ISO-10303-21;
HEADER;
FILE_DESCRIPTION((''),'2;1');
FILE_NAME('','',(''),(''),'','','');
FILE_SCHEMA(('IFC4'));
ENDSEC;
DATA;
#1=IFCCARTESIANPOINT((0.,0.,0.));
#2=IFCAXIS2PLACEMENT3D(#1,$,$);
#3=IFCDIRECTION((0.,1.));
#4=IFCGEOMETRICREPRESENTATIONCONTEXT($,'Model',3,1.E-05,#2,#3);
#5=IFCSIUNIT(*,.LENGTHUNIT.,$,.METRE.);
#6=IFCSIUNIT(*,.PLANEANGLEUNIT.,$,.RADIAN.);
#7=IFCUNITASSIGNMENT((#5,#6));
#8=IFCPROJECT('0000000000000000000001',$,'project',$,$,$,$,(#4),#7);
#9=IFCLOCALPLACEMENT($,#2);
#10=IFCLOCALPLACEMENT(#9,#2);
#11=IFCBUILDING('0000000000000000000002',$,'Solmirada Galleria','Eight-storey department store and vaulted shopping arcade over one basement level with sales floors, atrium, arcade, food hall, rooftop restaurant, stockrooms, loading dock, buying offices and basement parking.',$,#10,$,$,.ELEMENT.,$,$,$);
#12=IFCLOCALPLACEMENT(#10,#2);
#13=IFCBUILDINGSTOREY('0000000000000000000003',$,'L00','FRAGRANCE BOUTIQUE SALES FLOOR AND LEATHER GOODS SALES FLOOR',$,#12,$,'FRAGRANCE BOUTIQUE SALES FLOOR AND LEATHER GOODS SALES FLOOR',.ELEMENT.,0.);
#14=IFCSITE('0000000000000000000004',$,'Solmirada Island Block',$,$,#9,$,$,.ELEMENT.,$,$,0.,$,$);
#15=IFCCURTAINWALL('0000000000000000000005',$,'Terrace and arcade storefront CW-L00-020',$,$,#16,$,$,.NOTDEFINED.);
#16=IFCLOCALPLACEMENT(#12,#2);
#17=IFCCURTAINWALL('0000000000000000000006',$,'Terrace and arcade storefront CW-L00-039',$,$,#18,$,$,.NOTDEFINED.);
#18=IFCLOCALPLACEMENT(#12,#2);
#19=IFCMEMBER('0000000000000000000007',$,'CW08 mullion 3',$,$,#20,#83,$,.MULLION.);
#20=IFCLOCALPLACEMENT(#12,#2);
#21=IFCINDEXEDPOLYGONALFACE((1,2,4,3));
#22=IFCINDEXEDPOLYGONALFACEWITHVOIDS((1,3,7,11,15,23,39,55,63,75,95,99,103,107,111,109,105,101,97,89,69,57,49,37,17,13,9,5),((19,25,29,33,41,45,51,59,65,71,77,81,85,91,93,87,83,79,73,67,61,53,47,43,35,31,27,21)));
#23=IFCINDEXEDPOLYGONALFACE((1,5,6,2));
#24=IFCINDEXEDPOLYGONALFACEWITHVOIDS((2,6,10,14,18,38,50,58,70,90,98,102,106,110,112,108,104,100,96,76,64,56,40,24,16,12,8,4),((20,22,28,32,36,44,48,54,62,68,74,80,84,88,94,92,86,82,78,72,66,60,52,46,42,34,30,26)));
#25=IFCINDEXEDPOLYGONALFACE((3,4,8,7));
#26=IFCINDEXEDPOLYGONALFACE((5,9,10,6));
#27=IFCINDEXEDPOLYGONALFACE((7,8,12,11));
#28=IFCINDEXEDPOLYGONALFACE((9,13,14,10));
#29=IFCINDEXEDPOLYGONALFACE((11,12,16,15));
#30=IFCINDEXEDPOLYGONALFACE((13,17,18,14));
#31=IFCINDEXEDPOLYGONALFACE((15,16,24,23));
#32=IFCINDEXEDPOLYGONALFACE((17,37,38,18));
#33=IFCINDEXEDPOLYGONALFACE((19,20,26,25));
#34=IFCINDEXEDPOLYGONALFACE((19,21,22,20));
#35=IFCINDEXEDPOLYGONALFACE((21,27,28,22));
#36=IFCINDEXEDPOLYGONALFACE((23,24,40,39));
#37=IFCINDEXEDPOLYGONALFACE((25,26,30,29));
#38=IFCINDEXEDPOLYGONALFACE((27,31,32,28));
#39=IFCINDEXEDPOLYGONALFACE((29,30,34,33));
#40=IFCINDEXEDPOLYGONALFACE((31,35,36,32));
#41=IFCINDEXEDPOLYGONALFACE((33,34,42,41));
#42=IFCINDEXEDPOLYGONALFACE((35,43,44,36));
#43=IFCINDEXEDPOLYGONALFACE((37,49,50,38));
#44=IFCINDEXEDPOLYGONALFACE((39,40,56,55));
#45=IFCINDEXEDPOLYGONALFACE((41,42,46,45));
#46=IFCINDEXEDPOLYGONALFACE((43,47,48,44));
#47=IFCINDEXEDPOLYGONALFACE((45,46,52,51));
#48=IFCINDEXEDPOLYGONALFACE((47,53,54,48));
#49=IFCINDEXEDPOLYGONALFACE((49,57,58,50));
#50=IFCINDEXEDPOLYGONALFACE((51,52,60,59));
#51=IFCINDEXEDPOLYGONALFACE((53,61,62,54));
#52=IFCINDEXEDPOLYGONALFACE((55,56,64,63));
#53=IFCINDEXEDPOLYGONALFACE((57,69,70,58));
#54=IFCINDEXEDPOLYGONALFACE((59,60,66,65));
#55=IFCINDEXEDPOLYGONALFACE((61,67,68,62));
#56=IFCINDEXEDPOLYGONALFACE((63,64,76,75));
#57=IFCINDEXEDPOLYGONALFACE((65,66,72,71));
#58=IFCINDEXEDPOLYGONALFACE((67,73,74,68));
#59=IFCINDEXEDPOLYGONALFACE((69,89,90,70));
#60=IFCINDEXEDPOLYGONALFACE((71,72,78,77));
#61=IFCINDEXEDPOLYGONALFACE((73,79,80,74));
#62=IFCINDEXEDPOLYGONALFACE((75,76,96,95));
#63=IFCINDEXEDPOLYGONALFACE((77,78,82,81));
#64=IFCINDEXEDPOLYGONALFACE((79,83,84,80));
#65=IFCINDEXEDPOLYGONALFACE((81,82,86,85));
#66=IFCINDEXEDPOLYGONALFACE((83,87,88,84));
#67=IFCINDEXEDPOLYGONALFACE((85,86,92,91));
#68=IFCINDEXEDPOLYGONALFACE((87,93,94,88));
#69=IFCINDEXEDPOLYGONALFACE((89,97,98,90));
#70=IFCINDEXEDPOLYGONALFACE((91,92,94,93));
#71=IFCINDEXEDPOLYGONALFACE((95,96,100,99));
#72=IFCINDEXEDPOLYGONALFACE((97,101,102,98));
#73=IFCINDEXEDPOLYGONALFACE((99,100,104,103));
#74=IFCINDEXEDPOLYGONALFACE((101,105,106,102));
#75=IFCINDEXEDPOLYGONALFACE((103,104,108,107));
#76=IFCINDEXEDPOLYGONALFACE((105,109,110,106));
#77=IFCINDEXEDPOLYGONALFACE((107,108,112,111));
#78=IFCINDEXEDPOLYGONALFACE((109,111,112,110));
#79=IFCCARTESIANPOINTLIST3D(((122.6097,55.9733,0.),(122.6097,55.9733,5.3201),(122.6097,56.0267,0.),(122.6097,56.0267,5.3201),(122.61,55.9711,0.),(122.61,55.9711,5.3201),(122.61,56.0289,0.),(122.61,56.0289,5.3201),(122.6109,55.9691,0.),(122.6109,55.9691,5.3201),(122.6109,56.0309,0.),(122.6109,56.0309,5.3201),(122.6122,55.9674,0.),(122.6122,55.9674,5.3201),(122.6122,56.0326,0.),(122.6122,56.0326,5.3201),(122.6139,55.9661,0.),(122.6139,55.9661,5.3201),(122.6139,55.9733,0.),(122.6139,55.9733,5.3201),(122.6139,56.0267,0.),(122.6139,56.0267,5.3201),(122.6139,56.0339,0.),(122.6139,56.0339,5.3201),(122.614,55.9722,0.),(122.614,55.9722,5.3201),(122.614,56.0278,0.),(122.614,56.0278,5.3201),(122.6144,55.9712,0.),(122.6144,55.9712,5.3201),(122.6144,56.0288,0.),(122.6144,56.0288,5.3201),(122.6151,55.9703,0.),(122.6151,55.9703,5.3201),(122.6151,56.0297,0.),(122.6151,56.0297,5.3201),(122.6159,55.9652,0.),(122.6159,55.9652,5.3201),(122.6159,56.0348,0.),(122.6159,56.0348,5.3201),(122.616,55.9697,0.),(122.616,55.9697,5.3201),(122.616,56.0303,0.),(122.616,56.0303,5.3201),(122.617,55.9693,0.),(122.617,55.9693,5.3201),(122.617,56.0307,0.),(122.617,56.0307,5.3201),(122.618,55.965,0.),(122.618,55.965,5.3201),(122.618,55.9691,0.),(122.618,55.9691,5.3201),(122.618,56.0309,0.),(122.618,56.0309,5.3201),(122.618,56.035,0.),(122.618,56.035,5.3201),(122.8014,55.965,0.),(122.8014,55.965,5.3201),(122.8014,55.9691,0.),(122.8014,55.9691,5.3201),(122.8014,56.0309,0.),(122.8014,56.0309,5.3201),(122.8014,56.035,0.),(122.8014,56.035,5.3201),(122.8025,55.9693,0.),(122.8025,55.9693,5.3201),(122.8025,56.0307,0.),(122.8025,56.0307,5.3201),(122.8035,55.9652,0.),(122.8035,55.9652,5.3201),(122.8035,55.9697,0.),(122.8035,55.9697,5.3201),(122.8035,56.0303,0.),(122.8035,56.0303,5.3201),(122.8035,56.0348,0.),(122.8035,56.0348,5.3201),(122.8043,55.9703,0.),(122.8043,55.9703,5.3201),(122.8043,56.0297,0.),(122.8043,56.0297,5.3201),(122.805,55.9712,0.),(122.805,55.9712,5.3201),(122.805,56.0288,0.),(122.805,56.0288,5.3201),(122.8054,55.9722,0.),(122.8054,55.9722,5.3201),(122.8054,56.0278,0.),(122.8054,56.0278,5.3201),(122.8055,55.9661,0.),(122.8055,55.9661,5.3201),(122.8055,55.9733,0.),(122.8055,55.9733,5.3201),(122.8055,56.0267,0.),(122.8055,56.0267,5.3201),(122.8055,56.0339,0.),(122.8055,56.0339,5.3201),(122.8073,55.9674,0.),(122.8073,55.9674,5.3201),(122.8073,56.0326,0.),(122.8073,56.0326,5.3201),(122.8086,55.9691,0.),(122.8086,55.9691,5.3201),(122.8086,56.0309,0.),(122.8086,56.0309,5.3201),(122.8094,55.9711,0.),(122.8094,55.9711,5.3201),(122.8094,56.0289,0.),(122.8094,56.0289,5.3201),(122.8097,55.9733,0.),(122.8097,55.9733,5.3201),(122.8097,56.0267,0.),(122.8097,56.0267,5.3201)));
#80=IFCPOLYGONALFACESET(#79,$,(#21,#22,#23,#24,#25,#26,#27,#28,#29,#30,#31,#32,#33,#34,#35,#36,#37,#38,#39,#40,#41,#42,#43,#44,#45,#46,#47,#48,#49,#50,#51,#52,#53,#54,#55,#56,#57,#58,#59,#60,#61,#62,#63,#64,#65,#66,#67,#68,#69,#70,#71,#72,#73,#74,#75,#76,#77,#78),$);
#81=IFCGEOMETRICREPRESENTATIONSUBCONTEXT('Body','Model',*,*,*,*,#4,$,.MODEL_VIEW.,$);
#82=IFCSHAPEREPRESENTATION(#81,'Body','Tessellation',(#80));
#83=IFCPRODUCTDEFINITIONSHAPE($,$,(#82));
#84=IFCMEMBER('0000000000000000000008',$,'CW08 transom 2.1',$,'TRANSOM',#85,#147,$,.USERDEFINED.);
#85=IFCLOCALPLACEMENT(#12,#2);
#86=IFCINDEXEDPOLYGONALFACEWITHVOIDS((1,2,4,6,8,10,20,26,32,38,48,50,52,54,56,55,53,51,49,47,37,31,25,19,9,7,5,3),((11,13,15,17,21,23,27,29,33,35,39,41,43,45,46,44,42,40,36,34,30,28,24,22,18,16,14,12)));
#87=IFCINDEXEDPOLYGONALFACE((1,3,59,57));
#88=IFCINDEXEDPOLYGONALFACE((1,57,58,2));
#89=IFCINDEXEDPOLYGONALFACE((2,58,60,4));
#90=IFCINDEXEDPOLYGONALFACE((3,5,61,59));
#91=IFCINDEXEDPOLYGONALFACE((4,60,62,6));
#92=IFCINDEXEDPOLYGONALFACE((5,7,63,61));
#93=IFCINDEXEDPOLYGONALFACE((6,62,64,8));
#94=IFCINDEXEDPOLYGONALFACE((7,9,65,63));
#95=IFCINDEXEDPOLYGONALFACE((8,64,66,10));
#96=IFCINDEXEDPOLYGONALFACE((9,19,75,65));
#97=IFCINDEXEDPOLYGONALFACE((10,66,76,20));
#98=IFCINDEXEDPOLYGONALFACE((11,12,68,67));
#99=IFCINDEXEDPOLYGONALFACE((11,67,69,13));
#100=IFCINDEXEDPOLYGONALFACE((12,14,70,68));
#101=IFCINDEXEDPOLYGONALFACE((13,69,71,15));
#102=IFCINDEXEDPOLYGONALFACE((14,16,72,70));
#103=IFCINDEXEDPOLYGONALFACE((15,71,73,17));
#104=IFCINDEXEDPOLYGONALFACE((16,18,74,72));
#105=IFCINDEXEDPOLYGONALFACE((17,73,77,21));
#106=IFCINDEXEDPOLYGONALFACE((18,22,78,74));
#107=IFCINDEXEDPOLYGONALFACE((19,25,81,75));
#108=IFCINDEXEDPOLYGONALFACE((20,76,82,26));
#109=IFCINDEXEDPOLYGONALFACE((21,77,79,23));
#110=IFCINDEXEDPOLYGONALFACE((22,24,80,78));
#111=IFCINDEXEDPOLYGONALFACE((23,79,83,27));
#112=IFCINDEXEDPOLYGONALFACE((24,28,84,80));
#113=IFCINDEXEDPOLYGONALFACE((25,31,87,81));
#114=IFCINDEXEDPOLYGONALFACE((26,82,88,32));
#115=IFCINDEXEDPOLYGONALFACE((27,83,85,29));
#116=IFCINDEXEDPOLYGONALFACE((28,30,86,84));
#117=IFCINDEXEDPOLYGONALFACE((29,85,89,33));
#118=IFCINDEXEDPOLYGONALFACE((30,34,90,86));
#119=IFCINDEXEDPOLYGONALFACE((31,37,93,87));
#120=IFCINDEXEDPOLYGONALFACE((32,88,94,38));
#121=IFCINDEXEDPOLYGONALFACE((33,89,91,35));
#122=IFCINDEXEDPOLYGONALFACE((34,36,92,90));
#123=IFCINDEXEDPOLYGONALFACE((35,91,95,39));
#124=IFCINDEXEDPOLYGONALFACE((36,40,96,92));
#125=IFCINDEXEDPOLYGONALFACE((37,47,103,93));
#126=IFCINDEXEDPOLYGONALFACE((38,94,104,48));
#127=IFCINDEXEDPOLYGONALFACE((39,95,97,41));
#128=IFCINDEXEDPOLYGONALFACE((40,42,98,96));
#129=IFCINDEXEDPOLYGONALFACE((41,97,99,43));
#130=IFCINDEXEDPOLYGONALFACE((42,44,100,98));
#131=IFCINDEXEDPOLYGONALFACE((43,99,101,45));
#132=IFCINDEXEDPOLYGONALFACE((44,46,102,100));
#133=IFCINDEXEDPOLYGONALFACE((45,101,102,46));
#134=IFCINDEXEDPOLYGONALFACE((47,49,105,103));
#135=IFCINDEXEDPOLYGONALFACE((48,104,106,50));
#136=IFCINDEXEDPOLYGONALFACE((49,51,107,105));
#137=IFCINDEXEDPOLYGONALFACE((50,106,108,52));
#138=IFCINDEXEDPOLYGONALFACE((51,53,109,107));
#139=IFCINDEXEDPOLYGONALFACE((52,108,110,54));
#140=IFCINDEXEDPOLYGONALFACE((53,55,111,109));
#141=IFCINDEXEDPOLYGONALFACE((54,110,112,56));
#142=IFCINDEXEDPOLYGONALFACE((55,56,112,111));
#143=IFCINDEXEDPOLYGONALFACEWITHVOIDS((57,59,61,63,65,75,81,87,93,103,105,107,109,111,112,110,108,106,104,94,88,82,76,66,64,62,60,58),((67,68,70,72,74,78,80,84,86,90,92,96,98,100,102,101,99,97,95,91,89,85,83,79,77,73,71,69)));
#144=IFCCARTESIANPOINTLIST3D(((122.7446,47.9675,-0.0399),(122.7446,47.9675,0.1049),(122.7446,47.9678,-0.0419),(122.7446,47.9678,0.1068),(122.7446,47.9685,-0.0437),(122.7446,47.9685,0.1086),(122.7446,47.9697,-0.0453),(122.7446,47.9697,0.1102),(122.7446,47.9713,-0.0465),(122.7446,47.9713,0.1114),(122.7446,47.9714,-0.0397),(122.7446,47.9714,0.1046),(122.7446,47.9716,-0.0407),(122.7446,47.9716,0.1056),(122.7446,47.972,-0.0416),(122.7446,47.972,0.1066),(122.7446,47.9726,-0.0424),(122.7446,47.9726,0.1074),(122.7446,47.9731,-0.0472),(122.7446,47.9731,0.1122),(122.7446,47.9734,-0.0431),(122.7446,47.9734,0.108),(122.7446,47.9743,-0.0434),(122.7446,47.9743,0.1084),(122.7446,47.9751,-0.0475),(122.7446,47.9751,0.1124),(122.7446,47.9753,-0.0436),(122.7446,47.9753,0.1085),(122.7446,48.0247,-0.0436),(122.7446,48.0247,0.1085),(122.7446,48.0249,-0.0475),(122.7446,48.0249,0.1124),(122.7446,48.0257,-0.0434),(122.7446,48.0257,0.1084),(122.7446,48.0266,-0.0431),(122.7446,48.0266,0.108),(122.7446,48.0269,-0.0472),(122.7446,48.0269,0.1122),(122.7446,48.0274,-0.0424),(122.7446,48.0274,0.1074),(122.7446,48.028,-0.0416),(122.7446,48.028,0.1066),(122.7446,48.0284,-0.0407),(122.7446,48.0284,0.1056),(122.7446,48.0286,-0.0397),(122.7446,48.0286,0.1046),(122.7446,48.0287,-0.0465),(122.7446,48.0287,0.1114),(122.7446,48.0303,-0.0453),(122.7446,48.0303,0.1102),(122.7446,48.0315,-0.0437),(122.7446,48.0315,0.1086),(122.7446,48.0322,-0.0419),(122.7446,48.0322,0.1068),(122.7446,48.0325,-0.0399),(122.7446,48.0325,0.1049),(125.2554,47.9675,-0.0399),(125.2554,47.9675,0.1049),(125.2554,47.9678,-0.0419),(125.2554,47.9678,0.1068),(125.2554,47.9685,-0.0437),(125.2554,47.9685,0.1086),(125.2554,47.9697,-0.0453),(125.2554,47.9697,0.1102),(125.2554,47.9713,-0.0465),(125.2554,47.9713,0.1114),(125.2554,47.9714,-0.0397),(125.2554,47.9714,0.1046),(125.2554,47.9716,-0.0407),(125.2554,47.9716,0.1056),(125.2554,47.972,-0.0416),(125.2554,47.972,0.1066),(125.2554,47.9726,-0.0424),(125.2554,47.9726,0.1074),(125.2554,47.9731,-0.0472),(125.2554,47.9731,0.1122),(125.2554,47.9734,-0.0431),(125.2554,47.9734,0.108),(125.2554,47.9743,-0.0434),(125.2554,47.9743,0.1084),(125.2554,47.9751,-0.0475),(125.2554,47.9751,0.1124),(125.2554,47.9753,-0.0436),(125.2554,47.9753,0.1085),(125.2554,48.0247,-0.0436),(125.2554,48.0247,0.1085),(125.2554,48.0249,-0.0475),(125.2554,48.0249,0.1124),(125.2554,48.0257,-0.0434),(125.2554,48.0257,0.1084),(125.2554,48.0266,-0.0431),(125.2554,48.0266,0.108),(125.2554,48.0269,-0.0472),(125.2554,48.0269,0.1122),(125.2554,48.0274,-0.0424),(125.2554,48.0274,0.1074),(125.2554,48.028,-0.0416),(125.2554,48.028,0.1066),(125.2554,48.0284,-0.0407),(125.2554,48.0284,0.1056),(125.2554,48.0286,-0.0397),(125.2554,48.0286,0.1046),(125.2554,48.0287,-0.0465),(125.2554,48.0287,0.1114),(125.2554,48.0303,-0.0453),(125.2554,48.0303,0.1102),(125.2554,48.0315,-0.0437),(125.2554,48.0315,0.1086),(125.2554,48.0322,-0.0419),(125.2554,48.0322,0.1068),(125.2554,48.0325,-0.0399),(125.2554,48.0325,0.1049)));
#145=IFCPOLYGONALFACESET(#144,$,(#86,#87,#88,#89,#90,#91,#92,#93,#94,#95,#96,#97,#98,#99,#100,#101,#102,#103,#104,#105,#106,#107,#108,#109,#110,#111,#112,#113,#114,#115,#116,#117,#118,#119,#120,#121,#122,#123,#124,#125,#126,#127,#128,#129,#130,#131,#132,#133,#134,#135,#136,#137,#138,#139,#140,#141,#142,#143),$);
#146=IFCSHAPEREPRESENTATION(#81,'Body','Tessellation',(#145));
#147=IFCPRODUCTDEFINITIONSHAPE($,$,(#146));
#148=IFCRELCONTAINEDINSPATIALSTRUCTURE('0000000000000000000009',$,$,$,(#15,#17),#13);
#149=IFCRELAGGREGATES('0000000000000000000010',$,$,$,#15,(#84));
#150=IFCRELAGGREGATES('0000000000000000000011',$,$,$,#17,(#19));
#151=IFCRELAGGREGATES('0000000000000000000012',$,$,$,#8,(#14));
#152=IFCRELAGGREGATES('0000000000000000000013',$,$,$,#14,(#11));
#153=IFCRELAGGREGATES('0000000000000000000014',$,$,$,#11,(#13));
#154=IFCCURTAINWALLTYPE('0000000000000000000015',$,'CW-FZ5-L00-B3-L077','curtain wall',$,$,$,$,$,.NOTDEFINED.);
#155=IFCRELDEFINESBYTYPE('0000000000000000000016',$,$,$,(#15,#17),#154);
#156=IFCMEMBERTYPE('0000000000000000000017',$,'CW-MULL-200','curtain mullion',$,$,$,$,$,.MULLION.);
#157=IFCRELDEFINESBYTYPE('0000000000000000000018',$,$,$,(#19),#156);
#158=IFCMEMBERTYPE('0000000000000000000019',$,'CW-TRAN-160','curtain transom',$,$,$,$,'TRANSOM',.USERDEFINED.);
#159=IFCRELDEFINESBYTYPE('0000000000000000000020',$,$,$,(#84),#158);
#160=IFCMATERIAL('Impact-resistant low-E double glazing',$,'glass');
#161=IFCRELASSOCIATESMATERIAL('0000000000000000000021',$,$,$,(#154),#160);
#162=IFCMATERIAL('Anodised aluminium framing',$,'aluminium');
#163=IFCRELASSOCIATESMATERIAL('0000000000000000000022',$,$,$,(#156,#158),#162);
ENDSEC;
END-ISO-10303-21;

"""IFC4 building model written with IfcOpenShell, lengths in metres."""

from ifc_helpers import new_model, si_unit, direction, frame, origin, origin_2d, place, context, subcontext, project, spatial, hollow_rectangle, extrude, material, material_profile, profile_set, type_object, element, aggregate, save


model = new_model("IFC4")

# Units and contexts
model_context = context("Model", 3, precision=1e-05, world=origin(), true_north=direction((0.0, 1.0)))
body_context = subcontext(model_context, "Body", "Model", "MODEL_VIEW")
ifc_project = project(units=[si_unit("LENGTHUNIT", "METRE"), si_unit("PLANEANGLEUNIT", "RADIAN")], contexts=[model_context])

# Site, building, storey
site_placement = place(None, origin())
site = spatial("IfcSite", under=ifc_project, at=site_placement, Name="Solmirada Island Block", CompositionType="ELEMENT", RefElevation=0.0)
building_placement = place(site_placement, origin())
building = spatial("IfcBuilding", under=site, at=building_placement, Name="Solmirada Galleria", Description="Eight-storey department store and vaulted shopping arcade over one basement level with sales floors, atrium, arcade, food hall, rooftop restaurant, stockrooms, loading dock, buying offices and basement parking.", CompositionType="ELEMENT")
storey_placement = place(building_placement, origin())
storey = spatial("IfcBuildingStorey", under=building, at=storey_placement, Name="L00", Description="FRAGRANCE BOUTIQUE SALES FLOOR AND LEATHER GOODS SALES FLOOR", LongName="FRAGRANCE BOUTIQUE SALES FLOOR AND LEATHER GOODS SALES FLOOR", CompositionType="ELEMENT", Elevation=0.0)

# Curtain walls, member
ifc_material_1 = material(Name="Impact-resistant low-E double glazing", Category="glass")
curtain_wall_type = type_object("IfcCurtainWallType", Name="CW-FZ5-L00-B3-L077", Description="curtain wall", PredefinedType="NOTDEFINED", material=ifc_material_1)
curtain_wall_1_placement = place(storey_placement, origin())
curtain_wall_1 = element("IfcCurtainWall", 1, at=curtain_wall_1_placement, inside=storey, type_object=curtain_wall_type, Name="Terrace and arcade storefront CW-L00-020", PredefinedType="NOTDEFINED")
ifc_material_2 = material(Name="Anodised aluminium framing", Category="aluminium")
ifc_material_profile_1 = material_profile(ifc_material_2, hollow_rectangle(XDim=0.0701, YDim=0.2, WallThickness=0.0042, InnerFilletRadius=0.0042, OuterFilletRadius=0.0083, at=origin_2d()), Name="ALU-MULL-200X70")
ifc_profile_set_1 = profile_set([ifc_material_profile_1], Name="Anodised aluminium framing")
member_type_1 = type_object("IfcMemberType", Name="CW-MULL-200", Description="curtain mullion", PredefinedType="MULLION", material=ifc_profile_set_1)
curtain_wall_2_placement = place(storey_placement, origin())
curtain_wall_2 = element("IfcCurtainWall", 2, at=curtain_wall_2_placement, inside=storey, type_object=curtain_wall_type, Name="Terrace and arcade storefront CW-L00-039", PredefinedType="NOTDEFINED")
member_1_placement = place(storey_placement, frame((122.7097, 56.0, 0.0), z_axis=(0.0, 0.0, 1.0), x_axis=(0.0, -1.0, 0.0)))
member_1 = element("IfcMember", 3, at=member_1_placement, type_object=member_type_1, Name="CW08 mullion 3", PredefinedType="MULLION", context=body_context, shape_type="SweptSolid", body=[
    extrude(hollow_rectangle(XDim=0.0701, YDim=0.2, WallThickness=0.0042, InnerFilletRadius=0.0042, OuterFilletRadius=0.0083, at=origin_2d()), origin(), (0.0, 0.0, 1.0), 5.3201),
])

# Member
ifc_material_profile_2 = material_profile(ifc_material_2, hollow_rectangle(XDim=0.0649, YDim=0.1599, WallThickness=0.0039, InnerFilletRadius=0.0039, OuterFilletRadius=0.0076, at=origin_2d()), Name="ALU-TRAN-160X65")
ifc_profile_set_2 = profile_set([ifc_material_profile_2], Name="Anodised aluminium framing")
member_type_2 = type_object("IfcMemberType", Name="CW-TRAN-160", Description="curtain transom", ElementType="TRANSOM", PredefinedType="USERDEFINED", material=ifc_profile_set_2)
member_2_placement = place(storey_placement, frame((122.7446, 48.0, 0.0325), z_axis=(1.0, 0.0, 0.0), x_axis=(0.0, 1.0, 0.0)))
member_2 = element("IfcMember", 4, at=member_2_placement, type_object=member_type_2, Name="CW08 transom 2.1", ObjectType="TRANSOM", PredefinedType="USERDEFINED", context=body_context, shape_type="SweptSolid", body=[
    extrude(hollow_rectangle(XDim=0.0649, YDim=0.1599, WallThickness=0.0039, InnerFilletRadius=0.0039, OuterFilletRadius=0.0076, at=origin_2d()), origin(), (0.0, 0.0, 1.0), 2.5107),
])

aggregate(curtain_wall_1, [member_2])
aggregate(curtain_wall_2, [member_1])

save(model, "model.ifc")
